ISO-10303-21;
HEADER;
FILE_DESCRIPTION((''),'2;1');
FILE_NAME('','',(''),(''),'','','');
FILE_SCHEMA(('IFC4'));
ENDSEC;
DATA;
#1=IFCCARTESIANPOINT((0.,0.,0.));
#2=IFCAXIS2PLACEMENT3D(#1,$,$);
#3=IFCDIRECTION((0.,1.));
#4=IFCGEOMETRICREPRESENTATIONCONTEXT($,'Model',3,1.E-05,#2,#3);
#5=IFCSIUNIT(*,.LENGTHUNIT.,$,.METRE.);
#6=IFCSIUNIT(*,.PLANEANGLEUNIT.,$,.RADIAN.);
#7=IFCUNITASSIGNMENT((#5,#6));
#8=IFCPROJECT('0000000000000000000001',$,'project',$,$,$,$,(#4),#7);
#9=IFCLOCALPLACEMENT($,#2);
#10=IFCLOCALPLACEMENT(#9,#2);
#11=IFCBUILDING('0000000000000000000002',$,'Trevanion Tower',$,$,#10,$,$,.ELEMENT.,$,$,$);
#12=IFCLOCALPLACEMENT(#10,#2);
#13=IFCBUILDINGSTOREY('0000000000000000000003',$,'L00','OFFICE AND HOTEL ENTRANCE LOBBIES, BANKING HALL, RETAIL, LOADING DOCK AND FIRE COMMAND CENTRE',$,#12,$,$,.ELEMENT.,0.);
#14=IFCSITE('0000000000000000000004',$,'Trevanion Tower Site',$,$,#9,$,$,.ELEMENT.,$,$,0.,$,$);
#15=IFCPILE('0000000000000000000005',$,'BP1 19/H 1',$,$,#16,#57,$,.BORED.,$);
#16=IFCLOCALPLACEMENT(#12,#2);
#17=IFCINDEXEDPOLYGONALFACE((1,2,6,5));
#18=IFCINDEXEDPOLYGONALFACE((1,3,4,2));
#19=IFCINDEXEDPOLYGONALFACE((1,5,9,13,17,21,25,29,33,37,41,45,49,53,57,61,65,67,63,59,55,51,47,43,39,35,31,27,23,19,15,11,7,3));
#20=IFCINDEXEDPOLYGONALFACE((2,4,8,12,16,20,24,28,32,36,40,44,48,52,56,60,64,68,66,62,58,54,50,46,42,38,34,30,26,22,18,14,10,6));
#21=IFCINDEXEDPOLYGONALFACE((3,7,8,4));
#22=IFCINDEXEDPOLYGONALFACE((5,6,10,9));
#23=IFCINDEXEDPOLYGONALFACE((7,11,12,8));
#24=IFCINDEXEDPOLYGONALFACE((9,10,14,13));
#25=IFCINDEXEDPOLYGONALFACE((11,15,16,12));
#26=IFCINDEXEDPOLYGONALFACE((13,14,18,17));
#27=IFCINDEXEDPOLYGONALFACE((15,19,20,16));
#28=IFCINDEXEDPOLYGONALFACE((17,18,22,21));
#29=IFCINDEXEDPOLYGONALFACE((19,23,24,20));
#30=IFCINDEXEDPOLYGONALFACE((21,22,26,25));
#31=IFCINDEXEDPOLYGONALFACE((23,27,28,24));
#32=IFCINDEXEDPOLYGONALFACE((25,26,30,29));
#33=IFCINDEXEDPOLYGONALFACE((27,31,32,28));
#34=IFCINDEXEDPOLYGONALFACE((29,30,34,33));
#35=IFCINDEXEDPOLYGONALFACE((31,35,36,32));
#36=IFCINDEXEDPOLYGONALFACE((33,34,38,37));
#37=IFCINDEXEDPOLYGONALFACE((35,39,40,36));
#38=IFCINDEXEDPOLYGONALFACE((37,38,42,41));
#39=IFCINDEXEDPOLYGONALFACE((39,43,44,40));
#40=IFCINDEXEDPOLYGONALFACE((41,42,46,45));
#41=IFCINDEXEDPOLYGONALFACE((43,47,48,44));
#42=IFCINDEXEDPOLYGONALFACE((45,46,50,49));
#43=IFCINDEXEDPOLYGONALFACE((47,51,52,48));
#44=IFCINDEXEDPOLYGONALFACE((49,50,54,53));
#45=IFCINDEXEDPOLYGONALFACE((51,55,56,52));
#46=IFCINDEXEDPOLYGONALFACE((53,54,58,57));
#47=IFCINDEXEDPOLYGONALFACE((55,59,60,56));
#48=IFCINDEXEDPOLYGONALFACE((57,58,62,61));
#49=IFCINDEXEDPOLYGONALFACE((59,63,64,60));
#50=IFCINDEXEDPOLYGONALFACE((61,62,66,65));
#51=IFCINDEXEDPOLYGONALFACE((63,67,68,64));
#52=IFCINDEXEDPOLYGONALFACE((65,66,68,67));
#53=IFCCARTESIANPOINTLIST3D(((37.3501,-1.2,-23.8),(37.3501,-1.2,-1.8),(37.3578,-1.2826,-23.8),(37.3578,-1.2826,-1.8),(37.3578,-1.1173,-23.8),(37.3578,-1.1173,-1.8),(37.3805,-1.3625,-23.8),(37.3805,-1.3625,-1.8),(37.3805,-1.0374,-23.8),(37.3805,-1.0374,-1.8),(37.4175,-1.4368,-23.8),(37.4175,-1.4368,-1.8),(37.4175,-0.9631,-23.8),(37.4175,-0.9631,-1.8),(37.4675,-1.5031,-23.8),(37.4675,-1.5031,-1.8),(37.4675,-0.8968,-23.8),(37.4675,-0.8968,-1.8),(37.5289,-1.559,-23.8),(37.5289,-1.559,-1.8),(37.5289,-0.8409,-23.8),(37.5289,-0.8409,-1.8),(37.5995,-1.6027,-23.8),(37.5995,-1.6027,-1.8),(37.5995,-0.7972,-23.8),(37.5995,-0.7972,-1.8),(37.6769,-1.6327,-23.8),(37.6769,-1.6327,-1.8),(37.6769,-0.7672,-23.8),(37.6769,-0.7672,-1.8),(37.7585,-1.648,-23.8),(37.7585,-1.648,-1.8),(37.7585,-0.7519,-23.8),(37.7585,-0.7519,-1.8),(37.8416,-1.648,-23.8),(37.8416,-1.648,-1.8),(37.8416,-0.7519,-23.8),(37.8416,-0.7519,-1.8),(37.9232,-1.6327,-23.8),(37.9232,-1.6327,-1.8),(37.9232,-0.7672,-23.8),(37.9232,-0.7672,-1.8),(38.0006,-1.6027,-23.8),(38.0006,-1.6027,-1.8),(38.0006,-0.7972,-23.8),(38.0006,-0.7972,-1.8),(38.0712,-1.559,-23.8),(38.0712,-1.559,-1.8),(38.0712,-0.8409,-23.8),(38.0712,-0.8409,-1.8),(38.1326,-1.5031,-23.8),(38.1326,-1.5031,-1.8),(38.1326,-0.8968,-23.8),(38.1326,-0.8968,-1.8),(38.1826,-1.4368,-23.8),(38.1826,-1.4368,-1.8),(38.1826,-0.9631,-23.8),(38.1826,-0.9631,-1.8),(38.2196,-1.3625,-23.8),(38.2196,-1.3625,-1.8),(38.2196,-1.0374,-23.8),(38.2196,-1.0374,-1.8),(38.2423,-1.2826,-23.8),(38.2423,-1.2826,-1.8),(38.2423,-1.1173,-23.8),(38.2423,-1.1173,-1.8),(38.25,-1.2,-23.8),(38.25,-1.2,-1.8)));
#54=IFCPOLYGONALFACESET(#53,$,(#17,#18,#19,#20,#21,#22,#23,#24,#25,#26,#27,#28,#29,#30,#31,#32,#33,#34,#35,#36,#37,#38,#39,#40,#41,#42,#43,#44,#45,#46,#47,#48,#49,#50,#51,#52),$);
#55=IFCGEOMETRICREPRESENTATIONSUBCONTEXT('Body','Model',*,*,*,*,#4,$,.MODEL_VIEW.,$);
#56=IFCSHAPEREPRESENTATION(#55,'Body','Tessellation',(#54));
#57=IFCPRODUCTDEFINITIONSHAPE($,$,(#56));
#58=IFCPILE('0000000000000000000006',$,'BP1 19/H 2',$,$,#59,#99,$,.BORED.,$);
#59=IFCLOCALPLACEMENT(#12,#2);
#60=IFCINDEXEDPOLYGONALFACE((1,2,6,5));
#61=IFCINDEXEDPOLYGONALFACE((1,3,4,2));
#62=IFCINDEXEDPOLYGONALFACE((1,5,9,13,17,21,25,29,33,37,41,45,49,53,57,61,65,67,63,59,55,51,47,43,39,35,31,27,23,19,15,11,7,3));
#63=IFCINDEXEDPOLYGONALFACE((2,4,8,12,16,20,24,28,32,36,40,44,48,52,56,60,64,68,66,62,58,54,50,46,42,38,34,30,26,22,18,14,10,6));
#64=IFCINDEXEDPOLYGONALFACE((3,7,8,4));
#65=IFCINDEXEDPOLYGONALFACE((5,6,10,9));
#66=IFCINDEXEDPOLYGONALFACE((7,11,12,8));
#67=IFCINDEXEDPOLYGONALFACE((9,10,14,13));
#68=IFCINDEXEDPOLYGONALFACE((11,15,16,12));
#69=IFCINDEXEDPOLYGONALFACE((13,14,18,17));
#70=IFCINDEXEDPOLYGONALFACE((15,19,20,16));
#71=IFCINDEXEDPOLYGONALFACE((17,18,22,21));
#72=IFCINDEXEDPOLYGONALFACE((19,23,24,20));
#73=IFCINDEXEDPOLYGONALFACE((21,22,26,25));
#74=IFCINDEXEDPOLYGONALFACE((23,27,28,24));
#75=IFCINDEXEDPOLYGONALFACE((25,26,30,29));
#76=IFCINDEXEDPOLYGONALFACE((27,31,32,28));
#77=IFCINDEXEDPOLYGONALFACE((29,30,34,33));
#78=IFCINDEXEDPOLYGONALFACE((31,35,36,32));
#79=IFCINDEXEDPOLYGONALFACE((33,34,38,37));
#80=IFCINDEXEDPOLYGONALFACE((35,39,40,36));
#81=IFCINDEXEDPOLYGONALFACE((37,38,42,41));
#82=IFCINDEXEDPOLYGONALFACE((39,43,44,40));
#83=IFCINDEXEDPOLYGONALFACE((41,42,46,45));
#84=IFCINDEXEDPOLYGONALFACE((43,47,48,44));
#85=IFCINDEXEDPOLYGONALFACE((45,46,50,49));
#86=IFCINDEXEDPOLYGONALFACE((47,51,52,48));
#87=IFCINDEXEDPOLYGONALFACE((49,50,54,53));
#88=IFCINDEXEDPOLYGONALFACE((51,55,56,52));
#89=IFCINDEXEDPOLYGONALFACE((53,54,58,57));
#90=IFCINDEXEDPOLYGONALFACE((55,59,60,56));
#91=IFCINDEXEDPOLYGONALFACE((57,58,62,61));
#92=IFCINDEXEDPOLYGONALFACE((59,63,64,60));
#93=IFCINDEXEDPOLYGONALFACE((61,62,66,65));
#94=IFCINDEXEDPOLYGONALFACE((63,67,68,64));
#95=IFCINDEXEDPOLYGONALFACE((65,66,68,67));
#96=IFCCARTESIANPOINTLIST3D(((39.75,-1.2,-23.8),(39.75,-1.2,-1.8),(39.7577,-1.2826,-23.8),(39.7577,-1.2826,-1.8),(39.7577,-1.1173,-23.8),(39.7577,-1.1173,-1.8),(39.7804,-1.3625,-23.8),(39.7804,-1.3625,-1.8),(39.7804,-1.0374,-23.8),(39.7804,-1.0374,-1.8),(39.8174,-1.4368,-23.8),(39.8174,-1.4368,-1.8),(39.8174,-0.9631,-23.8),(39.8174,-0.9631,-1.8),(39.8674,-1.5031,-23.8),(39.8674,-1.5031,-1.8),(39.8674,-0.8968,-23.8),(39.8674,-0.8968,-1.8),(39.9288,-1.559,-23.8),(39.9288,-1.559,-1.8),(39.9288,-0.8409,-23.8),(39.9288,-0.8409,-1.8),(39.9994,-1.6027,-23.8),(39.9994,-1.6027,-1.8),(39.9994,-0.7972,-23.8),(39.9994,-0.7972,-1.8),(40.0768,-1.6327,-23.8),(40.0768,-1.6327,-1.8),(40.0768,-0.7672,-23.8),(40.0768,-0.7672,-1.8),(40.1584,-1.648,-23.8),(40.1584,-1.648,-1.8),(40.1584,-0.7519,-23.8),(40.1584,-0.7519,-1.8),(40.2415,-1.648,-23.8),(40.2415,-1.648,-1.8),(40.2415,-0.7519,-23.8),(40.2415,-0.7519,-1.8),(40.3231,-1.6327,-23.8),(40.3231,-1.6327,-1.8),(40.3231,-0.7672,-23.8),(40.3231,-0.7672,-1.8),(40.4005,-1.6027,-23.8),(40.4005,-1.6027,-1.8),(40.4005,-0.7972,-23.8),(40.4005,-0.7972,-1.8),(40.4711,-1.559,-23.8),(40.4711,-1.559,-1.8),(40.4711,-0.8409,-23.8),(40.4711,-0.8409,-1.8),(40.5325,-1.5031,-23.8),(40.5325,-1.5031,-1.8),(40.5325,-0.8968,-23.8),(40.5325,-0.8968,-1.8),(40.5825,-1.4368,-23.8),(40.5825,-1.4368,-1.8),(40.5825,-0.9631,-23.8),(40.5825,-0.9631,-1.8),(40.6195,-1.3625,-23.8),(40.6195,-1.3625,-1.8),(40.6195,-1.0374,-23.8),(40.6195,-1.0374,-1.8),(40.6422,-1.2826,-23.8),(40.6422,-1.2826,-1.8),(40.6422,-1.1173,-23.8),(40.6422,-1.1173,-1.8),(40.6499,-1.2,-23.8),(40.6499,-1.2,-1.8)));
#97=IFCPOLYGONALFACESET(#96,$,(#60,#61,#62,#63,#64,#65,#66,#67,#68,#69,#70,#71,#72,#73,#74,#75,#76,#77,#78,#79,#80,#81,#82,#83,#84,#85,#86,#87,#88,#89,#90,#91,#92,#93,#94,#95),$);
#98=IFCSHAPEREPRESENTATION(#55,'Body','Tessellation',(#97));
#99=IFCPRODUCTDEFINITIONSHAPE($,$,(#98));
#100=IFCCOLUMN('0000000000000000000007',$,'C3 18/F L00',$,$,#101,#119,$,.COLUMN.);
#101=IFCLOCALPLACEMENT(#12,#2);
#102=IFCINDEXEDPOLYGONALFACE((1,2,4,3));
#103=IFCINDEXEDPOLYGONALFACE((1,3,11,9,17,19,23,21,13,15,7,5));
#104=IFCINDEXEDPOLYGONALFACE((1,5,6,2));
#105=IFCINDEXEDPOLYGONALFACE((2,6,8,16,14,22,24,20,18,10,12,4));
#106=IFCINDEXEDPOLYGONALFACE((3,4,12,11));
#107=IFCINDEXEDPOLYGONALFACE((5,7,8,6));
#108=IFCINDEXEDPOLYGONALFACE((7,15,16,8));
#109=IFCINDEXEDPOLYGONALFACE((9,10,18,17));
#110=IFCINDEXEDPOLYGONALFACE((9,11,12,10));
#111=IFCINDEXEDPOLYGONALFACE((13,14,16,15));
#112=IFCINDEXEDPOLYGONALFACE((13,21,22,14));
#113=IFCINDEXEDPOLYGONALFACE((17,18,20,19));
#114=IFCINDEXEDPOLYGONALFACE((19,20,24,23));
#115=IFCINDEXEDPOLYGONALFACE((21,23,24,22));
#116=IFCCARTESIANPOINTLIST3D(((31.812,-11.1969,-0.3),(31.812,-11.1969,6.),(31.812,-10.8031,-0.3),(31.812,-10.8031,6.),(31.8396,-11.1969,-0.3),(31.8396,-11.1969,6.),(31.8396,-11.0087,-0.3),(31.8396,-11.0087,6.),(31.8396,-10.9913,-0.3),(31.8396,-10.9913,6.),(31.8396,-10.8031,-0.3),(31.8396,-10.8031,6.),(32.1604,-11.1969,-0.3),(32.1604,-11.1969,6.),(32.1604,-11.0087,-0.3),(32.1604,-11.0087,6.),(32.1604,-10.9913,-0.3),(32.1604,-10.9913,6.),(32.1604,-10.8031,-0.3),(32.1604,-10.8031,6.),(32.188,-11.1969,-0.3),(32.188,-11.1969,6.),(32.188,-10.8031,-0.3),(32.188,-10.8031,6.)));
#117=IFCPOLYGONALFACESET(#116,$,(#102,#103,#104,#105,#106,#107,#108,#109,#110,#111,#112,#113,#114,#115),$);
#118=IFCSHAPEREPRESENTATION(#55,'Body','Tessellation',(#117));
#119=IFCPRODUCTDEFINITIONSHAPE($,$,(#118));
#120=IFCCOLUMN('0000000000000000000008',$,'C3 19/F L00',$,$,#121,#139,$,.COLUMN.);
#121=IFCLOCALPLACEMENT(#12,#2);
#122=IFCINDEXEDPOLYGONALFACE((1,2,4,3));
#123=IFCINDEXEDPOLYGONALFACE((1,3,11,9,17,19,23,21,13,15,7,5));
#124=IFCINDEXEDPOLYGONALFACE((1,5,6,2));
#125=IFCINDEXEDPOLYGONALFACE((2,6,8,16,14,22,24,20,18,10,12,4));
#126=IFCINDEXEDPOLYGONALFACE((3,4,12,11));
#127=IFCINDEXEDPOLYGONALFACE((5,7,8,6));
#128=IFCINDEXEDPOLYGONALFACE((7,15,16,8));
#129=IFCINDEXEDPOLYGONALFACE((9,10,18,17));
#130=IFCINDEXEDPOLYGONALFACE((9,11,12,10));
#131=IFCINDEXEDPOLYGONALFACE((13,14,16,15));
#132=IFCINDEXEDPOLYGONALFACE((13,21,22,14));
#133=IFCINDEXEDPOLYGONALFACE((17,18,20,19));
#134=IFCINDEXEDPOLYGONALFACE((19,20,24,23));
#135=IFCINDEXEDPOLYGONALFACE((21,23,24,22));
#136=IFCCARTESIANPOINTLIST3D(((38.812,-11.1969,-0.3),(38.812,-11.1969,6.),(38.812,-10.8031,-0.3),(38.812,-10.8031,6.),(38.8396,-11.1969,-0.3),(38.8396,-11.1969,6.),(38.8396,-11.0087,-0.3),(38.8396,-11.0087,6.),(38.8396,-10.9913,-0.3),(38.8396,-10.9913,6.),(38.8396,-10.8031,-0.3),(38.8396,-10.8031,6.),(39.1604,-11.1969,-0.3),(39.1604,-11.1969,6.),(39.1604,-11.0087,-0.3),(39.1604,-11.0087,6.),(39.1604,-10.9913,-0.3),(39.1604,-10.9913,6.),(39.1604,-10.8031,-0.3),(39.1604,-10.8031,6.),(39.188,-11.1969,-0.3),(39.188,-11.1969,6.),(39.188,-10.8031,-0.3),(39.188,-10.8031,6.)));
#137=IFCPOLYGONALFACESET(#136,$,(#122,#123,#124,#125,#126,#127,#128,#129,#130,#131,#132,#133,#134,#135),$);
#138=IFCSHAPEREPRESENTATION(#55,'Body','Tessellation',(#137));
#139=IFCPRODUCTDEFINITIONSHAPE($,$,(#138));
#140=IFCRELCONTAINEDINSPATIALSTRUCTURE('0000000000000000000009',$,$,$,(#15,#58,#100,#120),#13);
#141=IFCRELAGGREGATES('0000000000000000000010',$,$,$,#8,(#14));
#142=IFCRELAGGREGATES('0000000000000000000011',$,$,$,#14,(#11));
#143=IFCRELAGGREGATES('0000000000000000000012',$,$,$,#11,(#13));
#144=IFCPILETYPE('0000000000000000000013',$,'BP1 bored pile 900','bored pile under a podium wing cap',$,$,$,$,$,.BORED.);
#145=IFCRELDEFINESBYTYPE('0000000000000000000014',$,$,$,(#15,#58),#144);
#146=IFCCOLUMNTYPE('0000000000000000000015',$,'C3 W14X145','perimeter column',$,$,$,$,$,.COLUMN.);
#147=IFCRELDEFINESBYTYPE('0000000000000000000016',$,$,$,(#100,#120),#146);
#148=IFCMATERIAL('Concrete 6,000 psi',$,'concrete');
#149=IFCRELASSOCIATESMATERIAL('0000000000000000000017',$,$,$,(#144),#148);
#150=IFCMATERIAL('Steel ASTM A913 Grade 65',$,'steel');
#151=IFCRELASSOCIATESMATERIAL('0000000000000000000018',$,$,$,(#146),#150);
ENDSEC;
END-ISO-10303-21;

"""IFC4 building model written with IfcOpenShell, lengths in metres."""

from ifc_helpers import new_model, si_unit, direction, frame, origin, origin_2d, place, context, subcontext, project, spatial, circle, i_section, extrude, material, material_profile, profile_set, type_object, element, save


model = new_model("IFC4")

# Units and contexts
model_context = context("Model", 3, precision=1e-05, world=origin(), true_north=direction((0.0, 1.0)))
body_context = subcontext(model_context, "Body", "Model", "MODEL_VIEW")
ifc_project = project(units=[si_unit("LENGTHUNIT", "METRE"), si_unit("PLANEANGLEUNIT", "RADIAN")], contexts=[model_context])

# Site, building, storey
site_placement = place(None, origin())
site = spatial("IfcSite", under=ifc_project, at=site_placement, Name="Trevanion Tower Site", CompositionType="ELEMENT", RefElevation=0.0)
building_placement = place(site_placement, origin())
building = spatial("IfcBuilding", under=site, at=building_placement, Name="Trevanion Tower", CompositionType="ELEMENT")
storey_placement = place(building_placement, origin())
storey = spatial("IfcBuildingStorey", under=building, at=storey_placement, Name="L00", Description="OFFICE AND HOTEL ENTRANCE LOBBIES, BANKING HALL, RETAIL, LOADING DOCK AND FIRE COMMAND CENTRE", CompositionType="ELEMENT", Elevation=0.0)

# Piles
ifc_material_1 = material(Name="Concrete 6,000 psi", Category="concrete")
ifc_material_profile_1 = material_profile(ifc_material_1, circle(Radius=0.45, at=origin_2d()), Name="BP1 bored pile 900")
ifc_profile_set_1 = profile_set([ifc_material_profile_1], Name="Concrete 6,000 psi")
pile_type = type_object("IfcPileType", Name="BP1 bored pile 900", Description="bored pile under a podium wing cap", PredefinedType="BORED", material=ifc_profile_set_1)
for number, where, z_axis, x_axis, name in (
    (1, (37.8, -1.2, -1.8), (0.0, 0.0, -1.0), (1.0, 0.0, 0.0), "BP1 19/H 1"),
    (2, (40.2, -1.2, -1.8), (0.0, 0.0, -1.0), (1.0, 0.0, 0.0), "BP1 19/H 2"),
):
    element("IfcPile", number, at=place(storey_placement, frame(where, z_axis=z_axis, x_axis=x_axis)), inside=storey, type_object=pile_type, Name=name, PredefinedType="BORED", context=body_context, shape_type="SweptSolid", body=[
        extrude(circle(Radius=0.45, at=origin_2d()), origin(), (0.0, 0.0, 1.0), 22.0),
    ])

# Columns
ifc_material_2 = material(Name="Steel ASTM A913 Grade 65", Category="steel")
ifc_material_profile_2 = material_profile(ifc_material_2, i_section(OverallWidth=0.3938, OverallDepth=0.376, WebThickness=0.0173, FlangeThickness=0.0276, at=origin_2d()), Name="W14X145")
ifc_profile_set_2 = profile_set([ifc_material_profile_2], Name="Steel ASTM A913 Grade 65")
column_type = type_object("IfcColumnType", Name="C3 W14X145", Description="perimeter column", PredefinedType="COLUMN", material=ifc_profile_set_2)
for number, where, z_axis, x_axis, name in (
    (3, (32.0, -11.0, -0.3), (0.0, 0.0, 1.0), (0.0, 1.0, 0.0), "C3 18/F L00"),
    (4, (39.0, -11.0, -0.3), (0.0, 0.0, 1.0), (0.0, 1.0, 0.0), "C3 19/F L00"),
):
    element("IfcColumn", number, at=place(storey_placement, frame(where, z_axis=z_axis, x_axis=x_axis)), inside=storey, type_object=column_type, Name=name, PredefinedType="COLUMN", context=body_context, shape_type="SweptSolid", body=[
        extrude(i_section(OverallWidth=0.3938, OverallDepth=0.376, WebThickness=0.0173, FlangeThickness=0.0276, at=origin_2d()), origin(), (0.0, 0.0, 1.0), 6.3),
    ])

save(model, "model.ifc")
